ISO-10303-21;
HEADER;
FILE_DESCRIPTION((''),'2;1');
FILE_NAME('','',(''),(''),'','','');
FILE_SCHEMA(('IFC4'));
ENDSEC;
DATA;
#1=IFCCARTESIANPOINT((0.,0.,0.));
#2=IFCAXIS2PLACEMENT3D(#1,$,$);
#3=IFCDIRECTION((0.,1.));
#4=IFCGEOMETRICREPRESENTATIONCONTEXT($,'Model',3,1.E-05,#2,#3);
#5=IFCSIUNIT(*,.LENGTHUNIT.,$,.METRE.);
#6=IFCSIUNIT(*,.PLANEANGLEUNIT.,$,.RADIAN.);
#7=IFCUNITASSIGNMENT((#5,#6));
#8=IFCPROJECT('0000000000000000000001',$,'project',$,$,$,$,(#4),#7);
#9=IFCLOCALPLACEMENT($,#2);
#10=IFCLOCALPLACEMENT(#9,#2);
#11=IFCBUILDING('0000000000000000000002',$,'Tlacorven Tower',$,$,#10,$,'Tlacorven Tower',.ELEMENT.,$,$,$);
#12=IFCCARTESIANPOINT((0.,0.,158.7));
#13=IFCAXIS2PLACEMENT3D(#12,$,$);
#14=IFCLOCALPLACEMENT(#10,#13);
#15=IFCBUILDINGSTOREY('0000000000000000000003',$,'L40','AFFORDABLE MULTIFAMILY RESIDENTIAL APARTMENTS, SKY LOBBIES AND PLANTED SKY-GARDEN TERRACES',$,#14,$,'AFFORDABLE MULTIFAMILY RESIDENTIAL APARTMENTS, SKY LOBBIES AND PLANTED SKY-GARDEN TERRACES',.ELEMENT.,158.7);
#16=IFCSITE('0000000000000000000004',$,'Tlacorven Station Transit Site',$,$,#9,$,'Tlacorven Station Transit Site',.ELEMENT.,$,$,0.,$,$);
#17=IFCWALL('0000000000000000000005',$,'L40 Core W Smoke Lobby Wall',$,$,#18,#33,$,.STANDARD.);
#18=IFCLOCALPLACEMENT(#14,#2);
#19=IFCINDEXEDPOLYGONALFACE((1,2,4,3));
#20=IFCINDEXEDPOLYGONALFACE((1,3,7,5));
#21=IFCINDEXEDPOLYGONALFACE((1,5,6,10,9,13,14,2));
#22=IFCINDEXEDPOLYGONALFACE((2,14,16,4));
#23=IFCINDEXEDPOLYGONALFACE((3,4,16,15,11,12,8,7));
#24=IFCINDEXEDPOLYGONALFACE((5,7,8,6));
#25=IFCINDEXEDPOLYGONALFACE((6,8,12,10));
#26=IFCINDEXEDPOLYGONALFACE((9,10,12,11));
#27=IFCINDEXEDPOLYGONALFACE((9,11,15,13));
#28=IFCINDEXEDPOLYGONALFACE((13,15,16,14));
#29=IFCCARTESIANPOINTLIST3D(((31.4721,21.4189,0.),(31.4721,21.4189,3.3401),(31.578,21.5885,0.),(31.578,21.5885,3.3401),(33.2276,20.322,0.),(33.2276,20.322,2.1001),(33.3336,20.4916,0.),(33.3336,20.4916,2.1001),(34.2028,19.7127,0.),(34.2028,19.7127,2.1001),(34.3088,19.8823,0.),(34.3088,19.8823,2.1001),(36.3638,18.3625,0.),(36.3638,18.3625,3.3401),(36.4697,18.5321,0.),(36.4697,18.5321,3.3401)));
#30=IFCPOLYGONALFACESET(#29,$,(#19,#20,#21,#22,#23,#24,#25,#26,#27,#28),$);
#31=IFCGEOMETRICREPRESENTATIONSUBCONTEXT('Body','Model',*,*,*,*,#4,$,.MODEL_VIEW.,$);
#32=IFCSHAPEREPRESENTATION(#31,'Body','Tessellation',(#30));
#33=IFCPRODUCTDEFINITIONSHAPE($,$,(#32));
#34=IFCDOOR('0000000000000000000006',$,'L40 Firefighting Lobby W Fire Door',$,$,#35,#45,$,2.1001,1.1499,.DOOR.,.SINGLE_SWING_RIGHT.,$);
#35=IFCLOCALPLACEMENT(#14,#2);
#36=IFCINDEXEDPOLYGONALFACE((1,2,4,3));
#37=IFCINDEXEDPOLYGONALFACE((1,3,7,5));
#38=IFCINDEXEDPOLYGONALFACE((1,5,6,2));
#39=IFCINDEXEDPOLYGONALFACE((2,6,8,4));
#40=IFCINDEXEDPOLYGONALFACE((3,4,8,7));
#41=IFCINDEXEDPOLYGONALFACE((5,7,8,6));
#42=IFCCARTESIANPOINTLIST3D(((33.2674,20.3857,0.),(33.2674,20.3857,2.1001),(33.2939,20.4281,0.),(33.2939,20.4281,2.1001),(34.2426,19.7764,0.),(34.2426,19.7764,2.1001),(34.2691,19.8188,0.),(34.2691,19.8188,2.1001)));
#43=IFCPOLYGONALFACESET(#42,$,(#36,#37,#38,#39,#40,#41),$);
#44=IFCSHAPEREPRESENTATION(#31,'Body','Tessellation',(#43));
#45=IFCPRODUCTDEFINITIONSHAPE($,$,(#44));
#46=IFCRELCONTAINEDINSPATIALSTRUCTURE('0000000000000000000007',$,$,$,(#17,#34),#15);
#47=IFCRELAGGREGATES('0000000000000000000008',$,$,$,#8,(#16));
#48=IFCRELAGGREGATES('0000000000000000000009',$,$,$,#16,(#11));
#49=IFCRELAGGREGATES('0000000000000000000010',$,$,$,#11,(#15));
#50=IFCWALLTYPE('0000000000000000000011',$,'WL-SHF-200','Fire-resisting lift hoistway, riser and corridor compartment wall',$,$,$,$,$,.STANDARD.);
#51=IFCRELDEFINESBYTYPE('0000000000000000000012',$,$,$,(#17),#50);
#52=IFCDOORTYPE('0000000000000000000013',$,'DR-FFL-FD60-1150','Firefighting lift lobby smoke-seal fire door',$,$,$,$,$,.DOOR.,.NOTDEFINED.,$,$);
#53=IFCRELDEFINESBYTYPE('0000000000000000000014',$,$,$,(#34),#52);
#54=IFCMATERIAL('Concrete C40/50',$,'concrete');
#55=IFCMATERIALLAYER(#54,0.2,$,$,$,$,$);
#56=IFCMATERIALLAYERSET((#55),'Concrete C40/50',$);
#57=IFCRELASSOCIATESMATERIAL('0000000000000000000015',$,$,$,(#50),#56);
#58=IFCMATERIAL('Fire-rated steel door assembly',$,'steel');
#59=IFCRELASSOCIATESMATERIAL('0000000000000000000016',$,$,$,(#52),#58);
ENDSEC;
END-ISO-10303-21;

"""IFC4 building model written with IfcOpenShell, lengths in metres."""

from ifc_helpers import new_model, si_unit, direction, frame, frame_2d, origin, place, context, subcontext, project, spatial, rectangle, extrude, source, transform, mapped, material, layer, layer_set, type_object, element, fill, save


model = new_model("IFC4")

# Units and contexts
model_context = context("Model", 3, precision=1e-05, world=origin(), true_north=direction((0.0, 1.0)))
body_context = subcontext(model_context, "Body", "Model", "MODEL_VIEW")
ifc_project = project(units=[si_unit("LENGTHUNIT", "METRE"), si_unit("PLANEANGLEUNIT", "RADIAN")], contexts=[model_context])

# Site, building, storey
site_placement = place(None, origin())
site = spatial("IfcSite", under=ifc_project, at=site_placement, Name="Tlacorven Station Transit Site", LongName="Tlacorven Station Transit Site", CompositionType="ELEMENT", RefElevation=0.0)
building_placement = place(site_placement, origin())
building = spatial("IfcBuilding", under=site, at=building_placement, Name="Tlacorven Tower", LongName="Tlacorven Tower", CompositionType="ELEMENT")
storey_placement = place(building_placement, frame((0.0, 0.0, 158.7)))
storey = spatial("IfcBuildingStorey", under=building, at=storey_placement, Name="L40", Description="AFFORDABLE MULTIFAMILY RESIDENTIAL APARTMENTS, SKY LOBBIES AND PLANTED SKY-GARDEN TERRACES", LongName="AFFORDABLE MULTIFAMILY RESIDENTIAL APARTMENTS, SKY LOBBIES AND PLANTED SKY-GARDEN TERRACES", CompositionType="ELEMENT", Elevation=158.7)

# Shared definitions
ifc_material_1 = material(Name="Fire-rated steel door assembly", Category="steel")

# Shared definitions
ifc_material_2 = material(Name="Concrete C40/50", Category="concrete")
ifc_layer_1 = layer(ifc_material_2, 0.2)
ifc_layer_set_1 = layer_set([ifc_layer_1], Name="Concrete C40/50")
wall_type_1 = type_object("IfcWallType", Name="WL-SHF-200", Description="Fire-resisting lift hoistway, riser and corridor compartment wall", PredefinedType="STANDARD", material=ifc_layer_set_1)

# Wall, opening, door
wall_1_placement = place(storey_placement, frame((36.4167, 18.4473, 0.0), z_axis=(0.0, 0.0, 1.0), x_axis=(-0.848065, 0.529892, 0.0)))
wall_1 = element("IfcWall", 1, at=wall_1_placement, inside=storey, type_object=wall_type_1, Name="L40 Core W Smoke Lobby Wall", PredefinedType="STANDARD", context=body_context, shape_type="SweptSolid", body=[
    extrude(rectangle(XDim=5.7681, YDim=0.2, at=frame_2d((2.884, 0.0))), origin(), (0.0, 0.0, 1.0), 3.3401),
])
opening_1_placement = place(wall_1_placement, frame((2.5481, 0.0, 0.0)))
opening_1 = element("IfcOpeningElement", 2, at=opening_1_placement, cuts=wall_1, PredefinedType="OPENING", context=body_context, shape_type="SweptSolid", body=[
    extrude(rectangle(XDim=1.1499, YDim=2.1001, at=frame_2d((0.575, 1.05))), frame((0.0, 0.1099, 0.0), z_axis=(0.0, -1.0, 0.0), x_axis=(1.0, 0.0, 0.0)), (0.0, 0.0, 1.0), 0.22),
])
door_type_1 = type_object("IfcDoorType", Name="DR-FFL-FD60-1150", Description="Firefighting lift lobby smoke-seal fire door", OperationType="NOTDEFINED", PredefinedType="DOOR", material=ifc_material_1)
shared_shape_1 = source(origin(), body_context, "Body", "SweptSolid", [
    extrude(rectangle(XDim=1.1499, YDim=2.1001, at=frame_2d((0.575, 1.05))), frame((0.0, 0.0249, 0.0), z_axis=(0.0, -1.0, 0.0), x_axis=(1.0, 0.0, 0.0)), (0.0, 0.0, 1.0), 0.05),
])
door_1_placement = place(opening_1_placement, origin())
door_1 = element("IfcDoor", 3, at=door_1_placement, inside=storey, type_object=door_type_1, Name="L40 Firefighting Lobby W Fire Door", OperationType="SINGLE_SWING_RIGHT", OverallHeight=2.1001, OverallWidth=1.1499, PredefinedType="DOOR", context=body_context, shape_type="MappedRepresentation", body=[
    mapped(shared_shape_1, transform((0.0, 0.0, 0.0), scale=1.0)),
])
fill(opening_1, door_1)

save(model, "model.ifc")
